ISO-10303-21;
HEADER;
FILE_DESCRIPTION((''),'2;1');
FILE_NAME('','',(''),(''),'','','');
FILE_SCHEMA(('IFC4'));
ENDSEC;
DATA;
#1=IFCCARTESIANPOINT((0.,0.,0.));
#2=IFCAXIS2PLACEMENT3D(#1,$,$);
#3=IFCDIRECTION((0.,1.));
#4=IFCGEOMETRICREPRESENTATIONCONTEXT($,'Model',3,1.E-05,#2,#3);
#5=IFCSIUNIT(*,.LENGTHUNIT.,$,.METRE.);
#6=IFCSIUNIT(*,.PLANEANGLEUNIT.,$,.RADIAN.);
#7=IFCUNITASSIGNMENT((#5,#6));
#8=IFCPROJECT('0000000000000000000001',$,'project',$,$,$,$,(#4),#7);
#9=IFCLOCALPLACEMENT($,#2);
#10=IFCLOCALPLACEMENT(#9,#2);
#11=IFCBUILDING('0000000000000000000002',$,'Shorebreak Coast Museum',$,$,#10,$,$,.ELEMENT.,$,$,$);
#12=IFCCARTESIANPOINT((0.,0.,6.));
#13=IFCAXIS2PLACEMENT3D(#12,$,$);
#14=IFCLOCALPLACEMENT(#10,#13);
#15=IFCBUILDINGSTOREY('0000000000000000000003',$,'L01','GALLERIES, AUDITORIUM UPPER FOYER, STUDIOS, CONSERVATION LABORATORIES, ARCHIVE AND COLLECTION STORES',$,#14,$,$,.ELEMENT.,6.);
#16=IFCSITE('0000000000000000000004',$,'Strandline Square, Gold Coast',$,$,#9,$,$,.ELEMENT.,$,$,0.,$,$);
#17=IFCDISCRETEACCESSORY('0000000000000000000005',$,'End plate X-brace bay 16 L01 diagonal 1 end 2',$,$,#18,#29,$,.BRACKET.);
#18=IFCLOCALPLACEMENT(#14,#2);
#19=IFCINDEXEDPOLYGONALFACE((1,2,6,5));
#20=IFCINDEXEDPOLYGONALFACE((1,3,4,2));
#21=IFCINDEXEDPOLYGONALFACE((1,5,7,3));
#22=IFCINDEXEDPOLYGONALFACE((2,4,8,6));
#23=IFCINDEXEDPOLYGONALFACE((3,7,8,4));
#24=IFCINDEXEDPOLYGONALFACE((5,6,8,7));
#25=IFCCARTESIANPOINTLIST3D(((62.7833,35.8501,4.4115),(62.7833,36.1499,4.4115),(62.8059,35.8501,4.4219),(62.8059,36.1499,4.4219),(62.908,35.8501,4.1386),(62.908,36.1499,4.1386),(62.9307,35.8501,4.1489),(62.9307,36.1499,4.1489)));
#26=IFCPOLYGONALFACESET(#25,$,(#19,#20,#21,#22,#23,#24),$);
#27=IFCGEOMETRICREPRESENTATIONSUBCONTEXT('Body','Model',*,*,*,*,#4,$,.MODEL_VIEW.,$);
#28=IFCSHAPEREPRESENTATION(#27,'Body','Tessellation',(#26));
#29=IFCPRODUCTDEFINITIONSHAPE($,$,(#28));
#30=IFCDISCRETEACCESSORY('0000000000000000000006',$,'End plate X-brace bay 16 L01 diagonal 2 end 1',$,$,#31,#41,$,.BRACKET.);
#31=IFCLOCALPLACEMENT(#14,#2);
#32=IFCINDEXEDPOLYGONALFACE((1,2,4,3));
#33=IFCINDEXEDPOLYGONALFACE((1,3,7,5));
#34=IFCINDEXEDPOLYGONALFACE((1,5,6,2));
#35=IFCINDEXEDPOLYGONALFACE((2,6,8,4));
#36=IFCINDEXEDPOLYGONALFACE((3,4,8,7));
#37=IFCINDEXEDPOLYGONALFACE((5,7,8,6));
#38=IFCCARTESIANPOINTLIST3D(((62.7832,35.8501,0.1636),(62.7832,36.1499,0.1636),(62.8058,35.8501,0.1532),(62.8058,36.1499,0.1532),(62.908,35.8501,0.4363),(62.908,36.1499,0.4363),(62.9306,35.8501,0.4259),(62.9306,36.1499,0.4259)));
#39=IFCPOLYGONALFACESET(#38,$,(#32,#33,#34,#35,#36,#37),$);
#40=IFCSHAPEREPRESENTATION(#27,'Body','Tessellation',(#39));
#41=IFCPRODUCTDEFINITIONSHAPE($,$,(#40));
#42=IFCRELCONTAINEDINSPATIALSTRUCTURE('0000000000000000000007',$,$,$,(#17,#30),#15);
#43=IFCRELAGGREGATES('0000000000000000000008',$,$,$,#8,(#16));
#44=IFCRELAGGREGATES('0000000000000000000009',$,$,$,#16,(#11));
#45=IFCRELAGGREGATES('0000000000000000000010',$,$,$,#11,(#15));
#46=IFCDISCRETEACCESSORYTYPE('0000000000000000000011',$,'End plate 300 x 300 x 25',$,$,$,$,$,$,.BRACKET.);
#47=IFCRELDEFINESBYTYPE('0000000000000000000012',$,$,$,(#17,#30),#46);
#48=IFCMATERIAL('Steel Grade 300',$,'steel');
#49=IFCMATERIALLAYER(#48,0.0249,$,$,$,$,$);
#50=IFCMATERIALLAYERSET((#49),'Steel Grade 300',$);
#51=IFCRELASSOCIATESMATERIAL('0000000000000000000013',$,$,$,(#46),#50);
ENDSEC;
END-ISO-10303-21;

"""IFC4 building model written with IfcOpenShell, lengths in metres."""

from ifc_helpers import new_model, si_unit, direction, frame, origin, place, context, subcontext, project, spatial, polyline, outline, extrude, material, layer, layer_set, type_object, element, save


model = new_model("IFC4")

# Units and contexts
model_context = context("Model", 3, precision=1e-05, world=origin(), true_north=direction((0.0, 1.0)))
body_context = subcontext(model_context, "Body", "Model", "MODEL_VIEW")
ifc_project = project(units=[si_unit("LENGTHUNIT", "METRE"), si_unit("PLANEANGLEUNIT", "RADIAN")], contexts=[model_context])

# Site, building, storey
site_placement = place(None, origin())
site = spatial("IfcSite", under=ifc_project, at=site_placement, Name="Strandline Square, Gold Coast", CompositionType="ELEMENT", RefElevation=0.0)
building_placement = place(site_placement, origin())
building = spatial("IfcBuilding", under=site, at=building_placement, Name="Shorebreak Coast Museum", CompositionType="ELEMENT")
storey_placement = place(building_placement, frame((0.0, 0.0, 6.0)))
storey = spatial("IfcBuildingStorey", under=building, at=storey_placement, Name="L01", Description="GALLERIES, AUDITORIUM UPPER FOYER, STUDIOS, CONSERVATION LABORATORIES, ARCHIVE AND COLLECTION STORES", CompositionType="ELEMENT", Elevation=6.0)

# Discrete accessories
ifc_material_1 = material(Name="Steel Grade 300", Category="steel")
ifc_layer_1 = layer(ifc_material_1, 0.0249)
ifc_layer_set_1 = layer_set([ifc_layer_1], Name="Steel Grade 300")
discrete_accessory_type = type_object("IfcDiscreteAccessoryType", Name="End plate 300 x 300 x 25", PredefinedType="BRACKET", material=ifc_layer_set_1)
discrete_accessory_1_placement = place(storey_placement, frame((62.9307, 35.8501, 4.1489), z_axis=(0.909501, 0.0, 0.415702), x_axis=(0.0, 1.0, 0.0)))
element("IfcDiscreteAccessory", 1, at=discrete_accessory_1_placement, inside=storey, type_object=discrete_accessory_type, Name="End plate X-brace bay 16 L01 diagonal 1 end 2", PredefinedType="BRACKET", context=body_context, shape_type="SweptSolid", body=[
    extrude(outline(polyline([(0.0, 0.0), (0.2998, 0.0), (0.2998, 0.3001), (0.0, 0.3001), (0.0, 0.0)])), origin(), (0.0, 0.0, -1.0), 0.0249),
])
discrete_accessory_2_placement = place(storey_placement, frame((62.7832, 36.1499, 0.1636), z_axis=(-0.90936, 0.0, 0.41601), x_axis=(0.0, -1.0, 0.0)))
element("IfcDiscreteAccessory", 2, at=discrete_accessory_2_placement, inside=storey, type_object=discrete_accessory_type, Name="End plate X-brace bay 16 L01 diagonal 2 end 1", PredefinedType="BRACKET", context=body_context, shape_type="SweptSolid", body=[
    extrude(outline(polyline([(0.0, 0.0), (0.2998, 0.0), (0.2998, 0.2999), (0.0, 0.2999), (0.0, 0.0)])), origin(), (0.0, 0.0, -1.0), 0.0249),
])

save(model, "model.ifc")
